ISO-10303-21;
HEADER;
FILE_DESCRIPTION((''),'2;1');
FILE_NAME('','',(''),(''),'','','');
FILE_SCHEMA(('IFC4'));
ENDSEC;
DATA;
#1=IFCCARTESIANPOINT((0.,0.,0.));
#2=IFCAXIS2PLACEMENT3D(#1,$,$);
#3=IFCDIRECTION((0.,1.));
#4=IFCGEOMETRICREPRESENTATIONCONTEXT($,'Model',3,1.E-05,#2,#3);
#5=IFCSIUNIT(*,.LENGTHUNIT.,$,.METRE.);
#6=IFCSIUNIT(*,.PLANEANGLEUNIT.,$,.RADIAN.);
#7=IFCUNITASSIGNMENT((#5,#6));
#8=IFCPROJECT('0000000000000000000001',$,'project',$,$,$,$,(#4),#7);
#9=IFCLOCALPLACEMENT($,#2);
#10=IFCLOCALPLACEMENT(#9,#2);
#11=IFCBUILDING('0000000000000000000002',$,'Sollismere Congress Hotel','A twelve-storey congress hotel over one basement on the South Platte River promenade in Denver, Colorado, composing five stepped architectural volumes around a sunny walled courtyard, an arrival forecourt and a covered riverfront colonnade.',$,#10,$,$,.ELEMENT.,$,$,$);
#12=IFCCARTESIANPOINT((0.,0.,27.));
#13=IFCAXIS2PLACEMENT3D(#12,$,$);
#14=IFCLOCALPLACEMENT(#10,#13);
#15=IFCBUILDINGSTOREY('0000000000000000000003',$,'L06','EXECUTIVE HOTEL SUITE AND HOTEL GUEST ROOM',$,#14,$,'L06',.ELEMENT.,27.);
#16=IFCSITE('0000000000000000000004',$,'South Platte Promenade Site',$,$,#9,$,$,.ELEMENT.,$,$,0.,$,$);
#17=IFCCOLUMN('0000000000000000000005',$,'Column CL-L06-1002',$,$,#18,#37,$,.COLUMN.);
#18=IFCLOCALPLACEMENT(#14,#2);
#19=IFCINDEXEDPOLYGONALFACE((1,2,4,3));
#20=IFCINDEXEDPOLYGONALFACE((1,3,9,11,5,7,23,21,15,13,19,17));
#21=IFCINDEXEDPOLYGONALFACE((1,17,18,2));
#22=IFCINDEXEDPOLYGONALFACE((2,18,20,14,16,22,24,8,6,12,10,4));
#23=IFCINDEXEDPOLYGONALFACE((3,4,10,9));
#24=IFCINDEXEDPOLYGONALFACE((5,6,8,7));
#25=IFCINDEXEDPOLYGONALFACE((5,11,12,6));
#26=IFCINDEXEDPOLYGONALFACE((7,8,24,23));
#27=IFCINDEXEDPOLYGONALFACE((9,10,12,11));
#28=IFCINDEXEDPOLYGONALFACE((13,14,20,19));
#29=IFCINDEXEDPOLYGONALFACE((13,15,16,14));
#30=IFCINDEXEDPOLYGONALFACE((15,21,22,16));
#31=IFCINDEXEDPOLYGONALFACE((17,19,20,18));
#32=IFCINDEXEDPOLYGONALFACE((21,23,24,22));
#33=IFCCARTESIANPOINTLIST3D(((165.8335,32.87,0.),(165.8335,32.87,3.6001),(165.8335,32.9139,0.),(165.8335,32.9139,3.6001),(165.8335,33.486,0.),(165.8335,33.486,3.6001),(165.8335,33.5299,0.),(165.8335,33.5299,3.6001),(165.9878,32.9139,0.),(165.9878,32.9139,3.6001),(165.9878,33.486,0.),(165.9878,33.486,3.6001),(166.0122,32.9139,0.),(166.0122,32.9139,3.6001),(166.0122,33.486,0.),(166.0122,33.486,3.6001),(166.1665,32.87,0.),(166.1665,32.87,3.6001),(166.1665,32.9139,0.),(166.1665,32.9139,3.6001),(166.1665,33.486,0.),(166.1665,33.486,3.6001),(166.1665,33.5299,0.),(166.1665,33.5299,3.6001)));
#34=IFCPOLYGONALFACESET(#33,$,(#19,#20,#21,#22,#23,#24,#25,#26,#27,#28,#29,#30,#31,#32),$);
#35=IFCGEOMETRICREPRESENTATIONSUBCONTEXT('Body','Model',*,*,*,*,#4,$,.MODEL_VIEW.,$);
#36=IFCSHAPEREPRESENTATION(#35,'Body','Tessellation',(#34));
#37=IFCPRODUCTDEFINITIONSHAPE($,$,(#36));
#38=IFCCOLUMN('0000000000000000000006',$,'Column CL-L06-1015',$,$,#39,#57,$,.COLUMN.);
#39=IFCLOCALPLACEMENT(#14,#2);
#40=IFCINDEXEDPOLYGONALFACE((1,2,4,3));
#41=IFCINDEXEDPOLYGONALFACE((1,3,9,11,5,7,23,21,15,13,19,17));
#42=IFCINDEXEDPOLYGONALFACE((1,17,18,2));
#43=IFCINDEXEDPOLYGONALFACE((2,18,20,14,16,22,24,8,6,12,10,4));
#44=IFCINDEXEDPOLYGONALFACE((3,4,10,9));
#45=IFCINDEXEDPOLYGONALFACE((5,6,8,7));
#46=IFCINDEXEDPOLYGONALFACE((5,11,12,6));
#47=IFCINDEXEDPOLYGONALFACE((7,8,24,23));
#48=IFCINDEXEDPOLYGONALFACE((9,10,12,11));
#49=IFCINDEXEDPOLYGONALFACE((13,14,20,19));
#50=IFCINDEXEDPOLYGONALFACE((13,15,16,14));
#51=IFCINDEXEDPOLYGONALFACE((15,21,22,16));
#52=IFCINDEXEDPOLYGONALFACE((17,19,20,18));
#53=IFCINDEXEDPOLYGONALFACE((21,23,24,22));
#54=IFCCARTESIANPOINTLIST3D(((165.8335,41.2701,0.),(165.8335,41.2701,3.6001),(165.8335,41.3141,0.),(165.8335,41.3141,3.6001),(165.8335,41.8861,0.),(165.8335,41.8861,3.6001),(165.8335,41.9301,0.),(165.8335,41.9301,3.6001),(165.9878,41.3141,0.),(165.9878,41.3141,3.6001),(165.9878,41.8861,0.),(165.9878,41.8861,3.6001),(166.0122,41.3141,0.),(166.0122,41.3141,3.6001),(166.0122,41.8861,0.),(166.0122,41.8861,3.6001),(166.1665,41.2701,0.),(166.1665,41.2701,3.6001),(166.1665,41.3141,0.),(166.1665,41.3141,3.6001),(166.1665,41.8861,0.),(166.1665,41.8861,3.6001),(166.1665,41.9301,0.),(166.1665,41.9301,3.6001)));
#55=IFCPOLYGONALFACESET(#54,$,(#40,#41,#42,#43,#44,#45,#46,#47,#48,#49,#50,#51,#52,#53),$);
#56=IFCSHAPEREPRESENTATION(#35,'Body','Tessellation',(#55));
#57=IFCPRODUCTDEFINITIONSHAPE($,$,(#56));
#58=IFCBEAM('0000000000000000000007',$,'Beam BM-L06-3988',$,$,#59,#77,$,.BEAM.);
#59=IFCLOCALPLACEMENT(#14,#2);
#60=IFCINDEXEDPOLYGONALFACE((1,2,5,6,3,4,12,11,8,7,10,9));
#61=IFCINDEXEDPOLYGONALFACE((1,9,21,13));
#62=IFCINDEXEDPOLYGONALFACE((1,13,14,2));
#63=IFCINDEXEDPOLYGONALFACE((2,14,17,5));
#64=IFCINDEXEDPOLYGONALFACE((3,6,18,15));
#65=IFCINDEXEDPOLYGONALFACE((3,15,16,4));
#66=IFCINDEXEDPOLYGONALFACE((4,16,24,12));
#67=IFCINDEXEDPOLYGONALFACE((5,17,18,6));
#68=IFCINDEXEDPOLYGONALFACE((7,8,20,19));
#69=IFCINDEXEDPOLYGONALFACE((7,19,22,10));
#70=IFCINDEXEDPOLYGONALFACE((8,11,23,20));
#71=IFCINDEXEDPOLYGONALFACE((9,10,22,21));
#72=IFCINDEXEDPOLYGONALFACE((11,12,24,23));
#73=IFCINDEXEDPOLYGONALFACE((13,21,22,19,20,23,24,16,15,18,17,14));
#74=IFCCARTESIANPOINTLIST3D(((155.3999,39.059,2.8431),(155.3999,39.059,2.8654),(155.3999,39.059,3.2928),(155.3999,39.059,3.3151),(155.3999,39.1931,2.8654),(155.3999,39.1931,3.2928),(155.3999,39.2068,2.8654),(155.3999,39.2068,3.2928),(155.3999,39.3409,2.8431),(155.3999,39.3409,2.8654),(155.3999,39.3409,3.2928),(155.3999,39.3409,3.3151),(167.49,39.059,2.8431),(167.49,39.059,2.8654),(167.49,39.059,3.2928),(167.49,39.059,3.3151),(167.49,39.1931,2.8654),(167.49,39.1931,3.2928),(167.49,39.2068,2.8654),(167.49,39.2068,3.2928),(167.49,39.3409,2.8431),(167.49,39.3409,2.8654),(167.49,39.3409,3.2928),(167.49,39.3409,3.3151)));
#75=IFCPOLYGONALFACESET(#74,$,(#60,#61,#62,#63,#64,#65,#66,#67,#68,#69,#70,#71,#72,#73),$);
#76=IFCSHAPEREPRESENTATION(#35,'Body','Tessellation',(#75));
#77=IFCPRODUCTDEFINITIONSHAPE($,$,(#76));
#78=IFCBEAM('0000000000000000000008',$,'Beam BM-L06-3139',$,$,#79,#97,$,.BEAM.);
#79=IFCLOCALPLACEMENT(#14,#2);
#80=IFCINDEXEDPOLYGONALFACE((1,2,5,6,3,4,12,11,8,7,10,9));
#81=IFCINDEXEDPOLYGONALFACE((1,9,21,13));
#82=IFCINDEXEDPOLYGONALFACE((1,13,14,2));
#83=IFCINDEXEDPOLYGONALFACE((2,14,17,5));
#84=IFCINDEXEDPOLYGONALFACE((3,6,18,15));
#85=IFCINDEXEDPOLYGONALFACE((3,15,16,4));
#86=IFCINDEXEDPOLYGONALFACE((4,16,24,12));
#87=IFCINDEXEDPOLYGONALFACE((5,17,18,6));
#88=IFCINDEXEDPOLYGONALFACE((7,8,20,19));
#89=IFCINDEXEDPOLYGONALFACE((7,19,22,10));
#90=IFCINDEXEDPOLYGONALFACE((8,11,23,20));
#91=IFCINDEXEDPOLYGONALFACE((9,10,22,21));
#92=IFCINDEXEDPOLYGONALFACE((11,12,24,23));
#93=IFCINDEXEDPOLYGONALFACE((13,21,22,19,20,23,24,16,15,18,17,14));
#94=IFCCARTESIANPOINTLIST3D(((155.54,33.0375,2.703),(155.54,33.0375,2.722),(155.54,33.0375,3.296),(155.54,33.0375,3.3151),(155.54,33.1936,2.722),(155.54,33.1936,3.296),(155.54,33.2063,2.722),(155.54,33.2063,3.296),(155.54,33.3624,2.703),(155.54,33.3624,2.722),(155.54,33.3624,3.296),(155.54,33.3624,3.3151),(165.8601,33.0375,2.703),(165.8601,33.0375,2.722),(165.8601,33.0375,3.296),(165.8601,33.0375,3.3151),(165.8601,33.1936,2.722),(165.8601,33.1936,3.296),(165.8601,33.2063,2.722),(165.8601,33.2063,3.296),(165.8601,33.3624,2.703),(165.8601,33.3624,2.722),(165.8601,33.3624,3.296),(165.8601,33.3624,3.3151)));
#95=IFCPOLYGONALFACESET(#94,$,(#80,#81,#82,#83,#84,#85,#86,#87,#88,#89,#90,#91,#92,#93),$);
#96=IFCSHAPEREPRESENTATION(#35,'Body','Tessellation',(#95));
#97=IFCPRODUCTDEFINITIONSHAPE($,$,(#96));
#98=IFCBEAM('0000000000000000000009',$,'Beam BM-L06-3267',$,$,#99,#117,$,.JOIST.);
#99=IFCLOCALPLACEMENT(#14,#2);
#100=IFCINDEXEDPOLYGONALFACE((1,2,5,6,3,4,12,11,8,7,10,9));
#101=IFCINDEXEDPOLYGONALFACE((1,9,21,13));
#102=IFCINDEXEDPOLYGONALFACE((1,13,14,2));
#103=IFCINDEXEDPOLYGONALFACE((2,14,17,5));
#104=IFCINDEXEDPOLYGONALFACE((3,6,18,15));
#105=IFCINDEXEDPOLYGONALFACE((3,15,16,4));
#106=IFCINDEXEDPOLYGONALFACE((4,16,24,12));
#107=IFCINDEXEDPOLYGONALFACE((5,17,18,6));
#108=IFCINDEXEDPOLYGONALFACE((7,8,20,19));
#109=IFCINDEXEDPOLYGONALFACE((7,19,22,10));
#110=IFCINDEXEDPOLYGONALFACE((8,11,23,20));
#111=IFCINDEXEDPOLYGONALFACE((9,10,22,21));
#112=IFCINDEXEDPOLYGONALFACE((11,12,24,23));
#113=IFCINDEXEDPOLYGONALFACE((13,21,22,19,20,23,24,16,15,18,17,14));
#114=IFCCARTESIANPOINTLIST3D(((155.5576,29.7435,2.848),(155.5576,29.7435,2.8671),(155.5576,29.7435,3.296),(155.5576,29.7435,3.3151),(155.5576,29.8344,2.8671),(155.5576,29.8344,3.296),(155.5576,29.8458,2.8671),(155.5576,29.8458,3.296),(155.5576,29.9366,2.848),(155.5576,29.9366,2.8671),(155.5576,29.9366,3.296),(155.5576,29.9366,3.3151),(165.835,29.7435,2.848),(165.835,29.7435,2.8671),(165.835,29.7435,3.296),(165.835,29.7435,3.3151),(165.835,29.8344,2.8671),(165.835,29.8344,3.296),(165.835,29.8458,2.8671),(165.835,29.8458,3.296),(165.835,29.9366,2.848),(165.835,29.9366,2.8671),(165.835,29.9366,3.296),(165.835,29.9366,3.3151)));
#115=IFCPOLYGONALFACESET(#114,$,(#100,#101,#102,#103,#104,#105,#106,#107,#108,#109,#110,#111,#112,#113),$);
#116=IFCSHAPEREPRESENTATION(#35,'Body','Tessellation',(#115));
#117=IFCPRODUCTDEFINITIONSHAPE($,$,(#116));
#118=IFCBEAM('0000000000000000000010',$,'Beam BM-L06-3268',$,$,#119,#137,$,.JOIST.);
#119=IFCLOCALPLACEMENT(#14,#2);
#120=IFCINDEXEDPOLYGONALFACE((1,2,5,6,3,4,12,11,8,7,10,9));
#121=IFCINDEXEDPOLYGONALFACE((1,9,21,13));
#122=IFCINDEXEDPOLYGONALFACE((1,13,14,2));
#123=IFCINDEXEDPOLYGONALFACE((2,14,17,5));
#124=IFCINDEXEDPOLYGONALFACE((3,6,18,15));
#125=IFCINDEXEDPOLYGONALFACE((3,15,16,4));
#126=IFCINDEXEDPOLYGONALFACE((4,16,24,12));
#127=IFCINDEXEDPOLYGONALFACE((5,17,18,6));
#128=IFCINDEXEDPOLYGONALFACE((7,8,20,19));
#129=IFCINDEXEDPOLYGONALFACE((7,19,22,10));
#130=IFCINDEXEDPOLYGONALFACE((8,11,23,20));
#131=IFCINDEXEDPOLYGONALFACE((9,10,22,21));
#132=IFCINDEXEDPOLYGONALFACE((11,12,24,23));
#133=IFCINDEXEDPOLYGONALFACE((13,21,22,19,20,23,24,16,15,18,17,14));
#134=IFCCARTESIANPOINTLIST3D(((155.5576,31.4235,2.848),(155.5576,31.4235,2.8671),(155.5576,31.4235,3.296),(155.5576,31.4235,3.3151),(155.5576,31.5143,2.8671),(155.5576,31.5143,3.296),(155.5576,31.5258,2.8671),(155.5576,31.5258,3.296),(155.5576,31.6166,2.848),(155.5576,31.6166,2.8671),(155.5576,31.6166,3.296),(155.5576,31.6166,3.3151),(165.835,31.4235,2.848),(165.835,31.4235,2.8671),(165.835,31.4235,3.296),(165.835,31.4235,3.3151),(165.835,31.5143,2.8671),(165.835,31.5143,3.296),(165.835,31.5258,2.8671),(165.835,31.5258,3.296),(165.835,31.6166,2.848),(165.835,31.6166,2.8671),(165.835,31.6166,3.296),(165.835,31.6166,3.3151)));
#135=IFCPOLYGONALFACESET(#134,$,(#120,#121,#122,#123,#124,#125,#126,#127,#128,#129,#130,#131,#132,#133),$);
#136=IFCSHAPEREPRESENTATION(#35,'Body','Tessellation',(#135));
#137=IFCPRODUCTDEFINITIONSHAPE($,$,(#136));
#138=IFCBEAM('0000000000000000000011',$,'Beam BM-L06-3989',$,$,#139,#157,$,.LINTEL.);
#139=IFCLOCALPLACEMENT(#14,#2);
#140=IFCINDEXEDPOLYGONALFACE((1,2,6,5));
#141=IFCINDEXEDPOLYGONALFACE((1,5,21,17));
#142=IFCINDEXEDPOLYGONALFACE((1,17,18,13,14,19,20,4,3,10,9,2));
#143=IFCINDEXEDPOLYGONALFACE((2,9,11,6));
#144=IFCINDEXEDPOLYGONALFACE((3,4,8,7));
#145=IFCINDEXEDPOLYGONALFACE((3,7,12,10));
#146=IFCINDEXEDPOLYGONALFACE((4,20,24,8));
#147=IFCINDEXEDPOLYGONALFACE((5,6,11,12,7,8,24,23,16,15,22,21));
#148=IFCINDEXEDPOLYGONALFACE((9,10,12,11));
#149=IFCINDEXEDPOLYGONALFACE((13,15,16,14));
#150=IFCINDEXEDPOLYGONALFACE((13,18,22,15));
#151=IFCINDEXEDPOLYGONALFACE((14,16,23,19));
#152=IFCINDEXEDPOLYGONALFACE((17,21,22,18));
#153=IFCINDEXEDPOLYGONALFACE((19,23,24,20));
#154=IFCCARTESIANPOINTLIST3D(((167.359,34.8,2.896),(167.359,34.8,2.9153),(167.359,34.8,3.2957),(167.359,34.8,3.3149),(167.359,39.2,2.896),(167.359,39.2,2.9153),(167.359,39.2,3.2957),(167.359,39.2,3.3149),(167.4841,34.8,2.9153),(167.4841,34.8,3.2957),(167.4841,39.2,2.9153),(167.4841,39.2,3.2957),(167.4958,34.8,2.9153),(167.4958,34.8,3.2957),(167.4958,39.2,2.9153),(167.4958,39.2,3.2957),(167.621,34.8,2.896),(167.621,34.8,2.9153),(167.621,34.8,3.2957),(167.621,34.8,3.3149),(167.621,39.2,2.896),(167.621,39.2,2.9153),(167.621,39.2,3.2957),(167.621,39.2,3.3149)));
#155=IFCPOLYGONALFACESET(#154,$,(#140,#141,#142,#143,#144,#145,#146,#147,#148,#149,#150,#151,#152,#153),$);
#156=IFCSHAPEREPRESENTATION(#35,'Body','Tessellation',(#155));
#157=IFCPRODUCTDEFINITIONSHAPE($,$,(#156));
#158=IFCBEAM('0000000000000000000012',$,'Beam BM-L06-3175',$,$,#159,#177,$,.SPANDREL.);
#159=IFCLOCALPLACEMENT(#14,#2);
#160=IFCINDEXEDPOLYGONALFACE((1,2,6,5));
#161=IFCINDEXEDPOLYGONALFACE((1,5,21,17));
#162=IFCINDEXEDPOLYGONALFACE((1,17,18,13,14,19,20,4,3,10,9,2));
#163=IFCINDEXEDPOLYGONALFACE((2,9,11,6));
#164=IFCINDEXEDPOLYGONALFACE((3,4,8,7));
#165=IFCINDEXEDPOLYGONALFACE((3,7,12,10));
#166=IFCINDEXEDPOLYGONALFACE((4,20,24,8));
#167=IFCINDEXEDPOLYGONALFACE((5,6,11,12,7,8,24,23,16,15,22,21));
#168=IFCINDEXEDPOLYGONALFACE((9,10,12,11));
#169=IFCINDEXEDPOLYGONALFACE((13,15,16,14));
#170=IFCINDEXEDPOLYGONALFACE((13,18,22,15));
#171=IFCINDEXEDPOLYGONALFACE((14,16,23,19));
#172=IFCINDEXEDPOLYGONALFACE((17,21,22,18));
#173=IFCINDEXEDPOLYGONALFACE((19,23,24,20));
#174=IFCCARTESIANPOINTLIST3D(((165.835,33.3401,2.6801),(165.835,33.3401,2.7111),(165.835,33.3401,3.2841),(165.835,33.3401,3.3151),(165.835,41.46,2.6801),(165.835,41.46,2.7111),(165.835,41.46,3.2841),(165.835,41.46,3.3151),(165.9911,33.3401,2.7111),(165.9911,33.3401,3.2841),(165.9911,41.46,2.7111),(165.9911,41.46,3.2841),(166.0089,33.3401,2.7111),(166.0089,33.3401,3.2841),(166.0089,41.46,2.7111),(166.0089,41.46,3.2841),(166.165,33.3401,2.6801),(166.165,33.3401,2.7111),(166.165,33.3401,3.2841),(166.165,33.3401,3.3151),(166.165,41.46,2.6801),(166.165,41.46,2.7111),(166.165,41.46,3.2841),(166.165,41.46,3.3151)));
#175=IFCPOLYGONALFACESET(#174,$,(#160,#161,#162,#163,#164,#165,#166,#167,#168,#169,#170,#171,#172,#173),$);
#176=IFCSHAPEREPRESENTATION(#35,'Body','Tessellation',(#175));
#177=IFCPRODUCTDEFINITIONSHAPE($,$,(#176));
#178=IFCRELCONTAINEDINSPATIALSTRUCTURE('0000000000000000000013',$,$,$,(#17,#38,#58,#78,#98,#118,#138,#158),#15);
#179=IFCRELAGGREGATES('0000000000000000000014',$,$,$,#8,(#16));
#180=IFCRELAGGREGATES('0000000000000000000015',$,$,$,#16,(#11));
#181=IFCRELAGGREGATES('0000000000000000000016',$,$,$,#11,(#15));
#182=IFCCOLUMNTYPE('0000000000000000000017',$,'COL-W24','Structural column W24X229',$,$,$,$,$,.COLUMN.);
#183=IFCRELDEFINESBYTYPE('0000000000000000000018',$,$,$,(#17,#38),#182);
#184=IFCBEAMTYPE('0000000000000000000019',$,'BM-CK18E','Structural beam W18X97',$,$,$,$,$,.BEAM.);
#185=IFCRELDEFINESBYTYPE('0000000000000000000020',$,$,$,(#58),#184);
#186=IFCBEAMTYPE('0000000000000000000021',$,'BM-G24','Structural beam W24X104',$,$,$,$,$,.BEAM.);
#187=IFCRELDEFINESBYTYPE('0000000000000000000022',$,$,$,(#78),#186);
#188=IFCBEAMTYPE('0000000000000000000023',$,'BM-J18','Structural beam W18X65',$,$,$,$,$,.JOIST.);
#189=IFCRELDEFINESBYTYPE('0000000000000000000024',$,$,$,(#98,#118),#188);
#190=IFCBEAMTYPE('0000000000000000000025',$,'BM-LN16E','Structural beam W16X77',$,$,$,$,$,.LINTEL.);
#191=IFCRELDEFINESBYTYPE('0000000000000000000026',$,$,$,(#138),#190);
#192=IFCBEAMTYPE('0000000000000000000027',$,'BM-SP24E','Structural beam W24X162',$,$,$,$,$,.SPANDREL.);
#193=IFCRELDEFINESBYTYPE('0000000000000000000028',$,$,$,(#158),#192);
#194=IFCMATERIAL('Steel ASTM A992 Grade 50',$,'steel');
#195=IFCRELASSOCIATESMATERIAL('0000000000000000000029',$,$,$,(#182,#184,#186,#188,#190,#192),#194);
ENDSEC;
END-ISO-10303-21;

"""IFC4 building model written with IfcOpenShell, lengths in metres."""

from ifc_helpers import new_model, si_unit, direction, frame, origin, origin_2d, place, context, subcontext, project, spatial, i_section, extrude, material, material_profile, profile_set, type_object, element, save


model = new_model("IFC4")

# Units and contexts
model_context = context("Model", 3, precision=1e-05, world=origin(), true_north=direction((0.0, 1.0)))
body_context = subcontext(model_context, "Body", "Model", "MODEL_VIEW")
ifc_project = project(units=[si_unit("LENGTHUNIT", "METRE"), si_unit("PLANEANGLEUNIT", "RADIAN")], contexts=[model_context])

# Site, building, storey
site_placement = place(None, origin())
site = spatial("IfcSite", under=ifc_project, at=site_placement, Name="South Platte Promenade Site", CompositionType="ELEMENT", RefElevation=0.0)
building_placement = place(site_placement, origin())
building = spatial("IfcBuilding", under=site, at=building_placement, Name="Sollismere Congress Hotel", Description="A twelve-storey congress hotel over one basement on the South Platte River promenade in Denver, Colorado, composing five stepped architectural volumes around a sunny walled courtyard, an arrival forecourt and a covered riverfront colonnade.", CompositionType="ELEMENT")
storey_placement = place(building_placement, frame((0.0, 0.0, 27.0)))
storey = spatial("IfcBuildingStorey", under=building, at=storey_placement, Name="L06", Description="EXECUTIVE HOTEL SUITE AND HOTEL GUEST ROOM", LongName="L06", CompositionType="ELEMENT", Elevation=27.0)

# Columns
ifc_material_1 = material(Name="Steel ASTM A992 Grade 50", Category="steel")
ifc_material_profile_1 = material_profile(ifc_material_1, i_section(OverallWidth=0.333, OverallDepth=0.6599, WebThickness=0.0244, FlangeThickness=0.0439, at=origin_2d()), Name="W24X229")
ifc_profile_set_1 = profile_set([ifc_material_profile_1], Name="Steel ASTM A992 Grade 50")
column_type = type_object("IfcColumnType", Name="COL-W24", Description="Structural column W24X229", PredefinedType="COLUMN", material=ifc_profile_set_1)
for number, where, z_axis, x_axis, name in (
    (1, (166.0, 33.2, 0.0), (0.0, 0.0, 1.0), (1.0, 0.0, 0.0), "Column CL-L06-1002"),
    (2, (166.0, 41.6001, 0.0), (0.0, 0.0, 1.0), (1.0, 0.0, 0.0), "Column CL-L06-1015"),
):
    element("IfcColumn", number, at=place(storey_placement, frame(where, z_axis=z_axis, x_axis=x_axis)), inside=storey, type_object=column_type, Name=name, PredefinedType="COLUMN", context=body_context, shape_type="SweptSolid", body=[
        extrude(i_section(OverallWidth=0.333, OverallDepth=0.6599, WebThickness=0.0244, FlangeThickness=0.0439, at=origin_2d()), origin(), (0.0, 0.0, 1.0), 3.6001),
    ])

# Beams
ifc_material_profile_2 = material_profile(ifc_material_1, i_section(OverallWidth=0.282, OverallDepth=0.4719, WebThickness=0.0137, FlangeThickness=0.0222, at=origin_2d()), Name="W18X97")
ifc_profile_set_2 = profile_set([ifc_material_profile_2], Name="Steel ASTM A992 Grade 50")
beam_type_1 = type_object("IfcBeamType", Name="BM-CK18E", Description="Structural beam W18X97", PredefinedType="BEAM", material=ifc_profile_set_2)
beam_1_placement = place(storey_placement, frame((155.3999, 39.2, 3.0791), z_axis=(1.0, 0.0, 0.0), x_axis=(0.0, 1.0, 0.0)))
element("IfcBeam", 3, at=beam_1_placement, inside=storey, type_object=beam_type_1, Name="Beam BM-L06-3988", PredefinedType="BEAM", context=body_context, shape_type="SweptSolid", body=[
    extrude(i_section(OverallWidth=0.282, OverallDepth=0.4719, WebThickness=0.0137, FlangeThickness=0.0222, at=origin_2d()), origin(), (0.0, 0.0, 1.0), 12.0901),
])
ifc_material_profile_3 = material_profile(ifc_material_1, i_section(OverallWidth=0.325, OverallDepth=0.6121, WebThickness=0.0127, FlangeThickness=0.019, at=origin_2d()), Name="W24X104")
ifc_profile_set_3 = profile_set([ifc_material_profile_3], Name="Steel ASTM A992 Grade 50")
beam_type_2 = type_object("IfcBeamType", Name="BM-G24", Description="Structural beam W24X104", PredefinedType="BEAM", material=ifc_profile_set_3)
beam_2_placement = place(storey_placement, frame((155.54, 33.2, 3.009), z_axis=(1.0, 0.0, 0.0), x_axis=(0.0, 1.0, 0.0)))
element("IfcBeam", 4, at=beam_2_placement, inside=storey, type_object=beam_type_2, Name="Beam BM-L06-3139", PredefinedType="BEAM", context=body_context, shape_type="SweptSolid", body=[
    extrude(i_section(OverallWidth=0.325, OverallDepth=0.6121, WebThickness=0.0127, FlangeThickness=0.019, at=origin_2d()), origin(), (0.0, 0.0, 1.0), 10.3201),
])
ifc_material_profile_4 = material_profile(ifc_material_1, i_section(OverallWidth=0.1931, OverallDepth=0.467, WebThickness=0.0115, FlangeThickness=0.019, at=origin_2d()), Name="W18X65")
ifc_profile_set_4 = profile_set([ifc_material_profile_4], Name="Steel ASTM A992 Grade 50")
beam_type_3 = type_object("IfcBeamType", Name="BM-J18", Description="Structural beam W18X65", PredefinedType="JOIST", material=ifc_profile_set_4)
for number, where, z_axis, x_axis, name in (
    (5, (155.5576, 29.8401, 3.0815), (1.0, 0.0, 0.0), (0.0, 1.0, 0.0), "Beam BM-L06-3267"),
    (6, (155.5576, 31.52, 3.0815), (1.0, 0.0, 0.0), (0.0, 1.0, 0.0), "Beam BM-L06-3268"),
):
    element("IfcBeam", number, at=place(storey_placement, frame(where, z_axis=z_axis, x_axis=x_axis)), inside=storey, type_object=beam_type_3, Name=name, PredefinedType="JOIST", context=body_context, shape_type="SweptSolid", body=[
        extrude(i_section(OverallWidth=0.1931, OverallDepth=0.467, WebThickness=0.0115, FlangeThickness=0.019, at=origin_2d()), origin(), (0.0, 0.0, 1.0), 10.2773),
    ])
ifc_material_profile_5 = material_profile(ifc_material_1, i_section(OverallWidth=0.262, OverallDepth=0.4189, WebThickness=0.0117, FlangeThickness=0.0193, at=origin_2d()), Name="W16X77")
ifc_profile_set_5 = profile_set([ifc_material_profile_5], Name="Steel ASTM A992 Grade 50")
beam_type_4 = type_object("IfcBeamType", Name="BM-LN16E", Description="Structural beam W16X77", PredefinedType="LINTEL", material=ifc_profile_set_5)
beam_3_placement = place(storey_placement, frame((167.49, 34.8, 3.1055), z_axis=(0.0, 1.0, 0.0), x_axis=(-1.0, 0.0, 0.0)))
element("IfcBeam", 7, at=beam_3_placement, inside=storey, type_object=beam_type_4, Name="Beam BM-L06-3989", PredefinedType="LINTEL", context=body_context, shape_type="SweptSolid", body=[
    extrude(i_section(OverallWidth=0.262, OverallDepth=0.4189, WebThickness=0.0117, FlangeThickness=0.0193, at=origin_2d()), origin(), (0.0, 0.0, 1.0), 4.3999),
])
ifc_material_profile_6 = material_profile(ifc_material_1, i_section(OverallWidth=0.3301, OverallDepth=0.635, WebThickness=0.0178, FlangeThickness=0.031, at=origin_2d()), Name="W24X162")
ifc_profile_set_6 = profile_set([ifc_material_profile_6], Name="Steel ASTM A992 Grade 50")
beam_type_5 = type_object("IfcBeamType", Name="BM-SP24E", Description="Structural beam W24X162", PredefinedType="SPANDREL", material=ifc_profile_set_6)
beam_4_placement = place(storey_placement, frame((166.0, 33.3401, 2.9976), z_axis=(0.0, 1.0, 0.0), x_axis=(-1.0, 0.0, 0.0)))
element("IfcBeam", 8, at=beam_4_placement, inside=storey, type_object=beam_type_5, Name="Beam BM-L06-3175", PredefinedType="SPANDREL", context=body_context, shape_type="SweptSolid", body=[
    extrude(i_section(OverallWidth=0.3301, OverallDepth=0.635, WebThickness=0.0178, FlangeThickness=0.031, at=origin_2d()), origin(), (0.0, 0.0, 1.0), 8.1199),
])

save(model, "model.ifc")
